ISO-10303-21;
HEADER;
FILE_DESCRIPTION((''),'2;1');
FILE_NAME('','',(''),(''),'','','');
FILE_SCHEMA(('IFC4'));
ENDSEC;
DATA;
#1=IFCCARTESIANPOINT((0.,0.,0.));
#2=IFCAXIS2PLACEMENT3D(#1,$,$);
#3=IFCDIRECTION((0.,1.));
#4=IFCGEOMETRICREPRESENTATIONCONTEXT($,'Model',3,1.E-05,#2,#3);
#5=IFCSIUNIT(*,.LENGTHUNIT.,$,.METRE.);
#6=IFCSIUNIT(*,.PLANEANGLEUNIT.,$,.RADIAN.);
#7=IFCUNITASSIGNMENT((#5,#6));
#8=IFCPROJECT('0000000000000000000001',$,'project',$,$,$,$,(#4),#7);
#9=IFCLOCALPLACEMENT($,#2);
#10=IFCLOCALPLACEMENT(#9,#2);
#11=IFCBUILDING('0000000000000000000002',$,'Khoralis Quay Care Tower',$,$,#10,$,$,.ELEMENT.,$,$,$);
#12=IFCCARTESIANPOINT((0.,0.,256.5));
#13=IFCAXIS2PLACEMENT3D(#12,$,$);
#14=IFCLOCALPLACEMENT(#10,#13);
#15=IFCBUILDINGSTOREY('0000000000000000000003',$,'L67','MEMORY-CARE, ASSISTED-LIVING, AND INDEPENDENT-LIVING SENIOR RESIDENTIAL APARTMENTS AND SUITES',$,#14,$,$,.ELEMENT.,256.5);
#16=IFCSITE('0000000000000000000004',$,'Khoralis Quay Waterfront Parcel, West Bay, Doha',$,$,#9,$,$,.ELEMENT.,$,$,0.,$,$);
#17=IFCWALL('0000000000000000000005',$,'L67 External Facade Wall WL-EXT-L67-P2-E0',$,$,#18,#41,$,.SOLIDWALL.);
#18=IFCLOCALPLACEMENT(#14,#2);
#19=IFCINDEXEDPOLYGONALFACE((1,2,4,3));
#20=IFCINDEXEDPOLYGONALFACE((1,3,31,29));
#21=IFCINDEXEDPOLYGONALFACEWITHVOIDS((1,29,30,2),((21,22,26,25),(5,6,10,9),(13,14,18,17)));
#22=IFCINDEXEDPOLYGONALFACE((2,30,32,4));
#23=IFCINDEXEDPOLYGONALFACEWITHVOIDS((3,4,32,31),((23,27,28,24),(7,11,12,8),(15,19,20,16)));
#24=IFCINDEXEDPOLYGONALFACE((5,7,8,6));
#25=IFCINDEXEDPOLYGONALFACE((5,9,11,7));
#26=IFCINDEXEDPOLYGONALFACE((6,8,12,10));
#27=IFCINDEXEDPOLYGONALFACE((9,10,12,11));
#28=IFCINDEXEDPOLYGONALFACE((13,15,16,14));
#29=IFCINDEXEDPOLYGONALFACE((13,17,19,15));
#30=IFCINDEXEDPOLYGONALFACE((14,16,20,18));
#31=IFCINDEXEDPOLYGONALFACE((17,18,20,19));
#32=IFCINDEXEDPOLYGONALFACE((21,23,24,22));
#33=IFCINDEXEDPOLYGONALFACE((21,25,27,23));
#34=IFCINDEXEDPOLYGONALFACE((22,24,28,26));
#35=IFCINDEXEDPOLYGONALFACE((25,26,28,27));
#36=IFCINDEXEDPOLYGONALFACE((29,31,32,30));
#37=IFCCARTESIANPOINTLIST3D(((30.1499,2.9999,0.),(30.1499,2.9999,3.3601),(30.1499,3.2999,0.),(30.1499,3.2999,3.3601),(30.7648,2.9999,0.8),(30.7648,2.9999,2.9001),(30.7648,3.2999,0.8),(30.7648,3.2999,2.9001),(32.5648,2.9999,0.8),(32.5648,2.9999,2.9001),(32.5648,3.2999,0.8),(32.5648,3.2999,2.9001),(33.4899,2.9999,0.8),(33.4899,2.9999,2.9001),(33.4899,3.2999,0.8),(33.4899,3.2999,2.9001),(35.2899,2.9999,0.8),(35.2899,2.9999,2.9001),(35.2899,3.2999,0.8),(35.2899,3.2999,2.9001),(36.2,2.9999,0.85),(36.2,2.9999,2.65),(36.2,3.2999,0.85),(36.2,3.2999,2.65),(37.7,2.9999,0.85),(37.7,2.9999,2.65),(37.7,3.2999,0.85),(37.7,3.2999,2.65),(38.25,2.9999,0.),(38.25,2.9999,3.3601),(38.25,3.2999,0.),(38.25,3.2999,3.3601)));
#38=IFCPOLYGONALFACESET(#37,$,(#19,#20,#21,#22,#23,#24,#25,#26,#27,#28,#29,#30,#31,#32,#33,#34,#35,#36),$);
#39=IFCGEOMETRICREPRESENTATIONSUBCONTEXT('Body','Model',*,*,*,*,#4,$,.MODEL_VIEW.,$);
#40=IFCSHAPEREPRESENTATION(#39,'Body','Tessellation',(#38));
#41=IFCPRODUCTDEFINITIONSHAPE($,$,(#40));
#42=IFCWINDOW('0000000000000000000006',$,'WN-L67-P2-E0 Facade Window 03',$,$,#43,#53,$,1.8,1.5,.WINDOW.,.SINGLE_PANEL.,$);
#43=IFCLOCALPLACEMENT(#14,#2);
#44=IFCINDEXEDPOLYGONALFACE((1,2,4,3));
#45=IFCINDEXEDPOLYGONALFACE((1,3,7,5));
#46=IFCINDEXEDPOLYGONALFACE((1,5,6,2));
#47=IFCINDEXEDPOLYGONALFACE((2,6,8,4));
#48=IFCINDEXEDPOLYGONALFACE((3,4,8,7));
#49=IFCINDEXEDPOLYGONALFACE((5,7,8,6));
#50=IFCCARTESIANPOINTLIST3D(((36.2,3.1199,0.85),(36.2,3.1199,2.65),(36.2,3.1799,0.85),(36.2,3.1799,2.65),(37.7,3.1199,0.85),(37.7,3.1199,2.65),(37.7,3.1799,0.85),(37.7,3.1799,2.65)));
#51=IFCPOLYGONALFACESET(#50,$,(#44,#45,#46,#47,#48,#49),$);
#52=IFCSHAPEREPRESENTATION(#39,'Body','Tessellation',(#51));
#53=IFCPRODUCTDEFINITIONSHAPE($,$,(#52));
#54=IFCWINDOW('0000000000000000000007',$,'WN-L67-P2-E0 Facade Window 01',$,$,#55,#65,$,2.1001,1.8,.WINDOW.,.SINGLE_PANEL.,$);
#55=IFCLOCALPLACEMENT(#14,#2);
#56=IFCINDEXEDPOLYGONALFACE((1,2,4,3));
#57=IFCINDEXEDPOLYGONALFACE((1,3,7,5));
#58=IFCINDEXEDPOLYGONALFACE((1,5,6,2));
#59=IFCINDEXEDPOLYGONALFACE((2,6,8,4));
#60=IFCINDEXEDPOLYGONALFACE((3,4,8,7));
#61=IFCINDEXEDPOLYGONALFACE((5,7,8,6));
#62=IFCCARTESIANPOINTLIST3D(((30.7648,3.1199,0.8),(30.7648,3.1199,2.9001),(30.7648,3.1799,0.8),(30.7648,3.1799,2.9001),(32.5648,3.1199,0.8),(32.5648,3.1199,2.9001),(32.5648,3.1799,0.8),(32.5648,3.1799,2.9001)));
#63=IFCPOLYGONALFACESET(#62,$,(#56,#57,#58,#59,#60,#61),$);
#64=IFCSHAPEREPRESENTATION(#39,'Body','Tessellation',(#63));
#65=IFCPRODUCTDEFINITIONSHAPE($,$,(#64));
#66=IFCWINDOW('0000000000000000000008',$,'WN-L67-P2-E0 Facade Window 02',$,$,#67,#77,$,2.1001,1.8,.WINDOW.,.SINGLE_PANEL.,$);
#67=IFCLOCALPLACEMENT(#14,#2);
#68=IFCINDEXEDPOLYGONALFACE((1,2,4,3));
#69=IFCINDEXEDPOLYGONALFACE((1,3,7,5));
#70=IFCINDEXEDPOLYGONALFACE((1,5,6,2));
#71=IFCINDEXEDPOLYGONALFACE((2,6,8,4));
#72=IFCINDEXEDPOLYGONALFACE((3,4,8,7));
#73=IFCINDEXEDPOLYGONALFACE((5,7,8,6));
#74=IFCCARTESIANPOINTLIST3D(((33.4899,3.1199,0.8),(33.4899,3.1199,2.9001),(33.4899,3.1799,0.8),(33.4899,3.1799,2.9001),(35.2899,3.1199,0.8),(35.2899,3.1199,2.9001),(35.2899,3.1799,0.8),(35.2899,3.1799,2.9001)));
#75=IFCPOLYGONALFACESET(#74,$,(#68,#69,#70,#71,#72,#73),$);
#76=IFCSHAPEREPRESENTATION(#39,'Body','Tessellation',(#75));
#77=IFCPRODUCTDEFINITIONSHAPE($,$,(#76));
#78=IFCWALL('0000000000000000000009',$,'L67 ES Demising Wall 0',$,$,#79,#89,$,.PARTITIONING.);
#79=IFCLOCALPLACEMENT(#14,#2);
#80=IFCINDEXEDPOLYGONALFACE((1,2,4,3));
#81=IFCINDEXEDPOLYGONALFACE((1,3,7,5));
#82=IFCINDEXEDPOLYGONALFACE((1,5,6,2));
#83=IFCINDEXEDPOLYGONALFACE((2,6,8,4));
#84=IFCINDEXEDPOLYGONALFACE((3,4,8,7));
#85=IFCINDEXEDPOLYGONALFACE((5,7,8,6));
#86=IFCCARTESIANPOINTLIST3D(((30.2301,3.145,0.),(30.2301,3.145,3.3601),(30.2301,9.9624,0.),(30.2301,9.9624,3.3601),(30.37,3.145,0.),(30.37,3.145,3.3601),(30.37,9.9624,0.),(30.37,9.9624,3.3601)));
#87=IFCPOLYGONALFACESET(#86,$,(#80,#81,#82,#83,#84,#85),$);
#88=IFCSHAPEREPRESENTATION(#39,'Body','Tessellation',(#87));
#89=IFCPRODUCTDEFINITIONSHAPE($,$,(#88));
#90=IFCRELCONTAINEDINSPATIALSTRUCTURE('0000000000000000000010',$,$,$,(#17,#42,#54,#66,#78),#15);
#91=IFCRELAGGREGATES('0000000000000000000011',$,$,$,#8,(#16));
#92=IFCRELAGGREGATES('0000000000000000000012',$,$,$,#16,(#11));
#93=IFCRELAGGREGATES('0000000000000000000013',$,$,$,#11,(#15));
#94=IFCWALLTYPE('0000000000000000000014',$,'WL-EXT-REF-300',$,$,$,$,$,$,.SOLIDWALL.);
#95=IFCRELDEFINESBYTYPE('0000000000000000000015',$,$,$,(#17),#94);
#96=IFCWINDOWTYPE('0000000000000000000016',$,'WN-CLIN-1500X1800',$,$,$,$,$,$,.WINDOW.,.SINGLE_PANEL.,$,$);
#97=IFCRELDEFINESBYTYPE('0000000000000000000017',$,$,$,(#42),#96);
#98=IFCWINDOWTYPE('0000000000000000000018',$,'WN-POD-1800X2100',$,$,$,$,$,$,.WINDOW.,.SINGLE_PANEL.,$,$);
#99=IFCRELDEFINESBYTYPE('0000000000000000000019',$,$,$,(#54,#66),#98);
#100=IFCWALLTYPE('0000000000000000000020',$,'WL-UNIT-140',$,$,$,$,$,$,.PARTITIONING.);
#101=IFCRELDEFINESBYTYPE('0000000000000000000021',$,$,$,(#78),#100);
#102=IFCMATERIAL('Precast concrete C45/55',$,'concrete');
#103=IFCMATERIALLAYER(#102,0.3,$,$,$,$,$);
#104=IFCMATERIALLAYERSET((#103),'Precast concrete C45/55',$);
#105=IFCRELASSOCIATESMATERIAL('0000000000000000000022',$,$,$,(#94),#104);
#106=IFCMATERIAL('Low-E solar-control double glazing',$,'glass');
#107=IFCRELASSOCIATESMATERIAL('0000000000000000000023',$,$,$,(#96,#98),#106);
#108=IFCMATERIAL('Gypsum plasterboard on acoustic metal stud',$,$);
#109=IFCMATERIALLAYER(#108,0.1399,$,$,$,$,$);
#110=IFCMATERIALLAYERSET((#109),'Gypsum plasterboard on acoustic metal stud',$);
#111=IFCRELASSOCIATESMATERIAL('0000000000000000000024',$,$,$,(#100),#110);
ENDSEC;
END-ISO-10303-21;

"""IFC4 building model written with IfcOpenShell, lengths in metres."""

from ifc_helpers import new_model, si_unit, direction, frame, frame_2d, origin, place, context, subcontext, project, spatial, rectangle, extrude, source, transform, mapped, material, layer, layer_set, type_object, element, fill, save


model = new_model("IFC4")

# Units and contexts
model_context = context("Model", 3, precision=1e-05, world=origin(), true_north=direction((0.0, 1.0)))
body_context = subcontext(model_context, "Body", "Model", "MODEL_VIEW")
ifc_project = project(units=[si_unit("LENGTHUNIT", "METRE"), si_unit("PLANEANGLEUNIT", "RADIAN")], contexts=[model_context])

# Site, building, storey
site_placement = place(None, origin())
site = spatial("IfcSite", under=ifc_project, at=site_placement, Name="Khoralis Quay Waterfront Parcel, West Bay, Doha", CompositionType="ELEMENT", RefElevation=0.0)
building_placement = place(site_placement, origin())
building = spatial("IfcBuilding", under=site, at=building_placement, Name="Khoralis Quay Care Tower", CompositionType="ELEMENT")
storey_placement = place(building_placement, frame((0.0, 0.0, 256.5)))
storey = spatial("IfcBuildingStorey", under=building, at=storey_placement, Name="L67", Description="MEMORY-CARE, ASSISTED-LIVING, AND INDEPENDENT-LIVING SENIOR RESIDENTIAL APARTMENTS AND SUITES", CompositionType="ELEMENT", Elevation=256.5)

# Shared definitions
ifc_material_1 = material(Name="Low-E solar-control double glazing", Category="glass")

# Wall, openings, windows
ifc_material_2 = material(Name="Precast concrete C45/55", Category="concrete")
ifc_layer_1 = layer(ifc_material_2, 0.3)
ifc_layer_set_1 = layer_set([ifc_layer_1], Name="Precast concrete C45/55")
wall_type_1 = type_object("IfcWallType", Name="WL-EXT-REF-300", PredefinedType="SOLIDWALL", material=ifc_layer_set_1)
wall_1_placement = place(storey_placement, frame((30.1499, 3.1499, 0.0), z_axis=(0.0, 0.0, 1.0), x_axis=(1.0, 0.0, 0.0)))
wall_1 = element("IfcWall", 1, at=wall_1_placement, inside=storey, type_object=wall_type_1, Name="L67 External Facade Wall WL-EXT-L67-P2-E0", PredefinedType="SOLIDWALL", context=body_context, shape_type="SweptSolid", body=[
    extrude(rectangle(XDim=8.1001, YDim=0.3, at=frame_2d((4.05, 0.0))), origin(), (0.0, 0.0, 1.0), 3.3601),
])
opening_1_placement = place(wall_1_placement, frame((0.615, 0.0, 0.8)))
opening_1 = element("IfcOpeningElement", 2, at=opening_1_placement, cuts=wall_1, PredefinedType="OPENING", context=body_context, shape_type="SweptSolid", body=[
    extrude(rectangle(XDim=1.8, YDim=2.1001, at=frame_2d((0.8999, 1.05))), frame((0.0, 0.1602, 0.0), z_axis=(0.0, -1.0, 0.0), x_axis=(1.0, 0.0, 0.0)), (0.0, 0.0, 1.0), 0.3201),
])
opening_2_placement = place(wall_1_placement, frame((3.3401, 0.0, 0.8)))
opening_2 = element("IfcOpeningElement", 3, at=opening_2_placement, cuts=wall_1, PredefinedType="OPENING", context=body_context, shape_type="SweptSolid", body=[
    extrude(rectangle(XDim=1.8, YDim=2.1001, at=frame_2d((0.8999, 1.05))), frame((0.0, 0.1602, 0.0), z_axis=(0.0, -1.0, 0.0), x_axis=(1.0, 0.0, 0.0)), (0.0, 0.0, 1.0), 0.3201),
])
opening_3_placement = place(wall_1_placement, frame((6.05, 0.0, 0.8501)))
opening_3 = element("IfcOpeningElement", 4, at=opening_3_placement, cuts=wall_1, PredefinedType="OPENING", context=body_context, shape_type="SweptSolid", body=[
    extrude(rectangle(XDim=1.5, YDim=1.8, at=frame_2d((0.75, 0.8999))), frame((0.0, 0.1602, 0.0), z_axis=(0.0, -1.0, 0.0), x_axis=(1.0, 0.0, 0.0)), (0.0, 0.0, 1.0), 0.3201),
])
window_type_1 = type_object("IfcWindowType", Name="WN-CLIN-1500X1800", PartitioningType="SINGLE_PANEL", PredefinedType="WINDOW", material=ifc_material_1)
shared_shape_1 = source(origin(), body_context, "Body", "SweptSolid", [
    extrude(rectangle(XDim=1.5, YDim=1.8, at=frame_2d((0.75, 0.8999))), frame((0.0, 0.03, 0.0), z_axis=(0.0, -1.0, 0.0), x_axis=(1.0, 0.0, 0.0)), (0.0, 0.0, 1.0), 0.0601),
])
window_1_placement = place(opening_3_placement, origin())
window_1 = element("IfcWindow", 5, at=window_1_placement, inside=storey, type_object=window_type_1, Name="WN-L67-P2-E0 Facade Window 03", OverallHeight=1.8, OverallWidth=1.5, PartitioningType="SINGLE_PANEL", PredefinedType="WINDOW", context=body_context, shape_type="MappedRepresentation", body=[
    mapped(shared_shape_1, transform((0.0, 0.0, 0.0), scale=1.0)),
])
fill(opening_3, window_1)
window_type_2 = type_object("IfcWindowType", Name="WN-POD-1800X2100", PartitioningType="SINGLE_PANEL", PredefinedType="WINDOW", material=ifc_material_1)
shared_shape_2 = source(origin(), body_context, "Body", "SweptSolid", [
    extrude(rectangle(XDim=1.8, YDim=2.1001, at=frame_2d((0.8999, 1.05))), frame((0.0, 0.03, 0.0), z_axis=(0.0, -1.0, 0.0), x_axis=(1.0, 0.0, 0.0)), (0.0, 0.0, 1.0), 0.0601),
])
window_2_placement = place(opening_1_placement, origin())
window_2 = element("IfcWindow", 6, at=window_2_placement, inside=storey, type_object=window_type_2, Name="WN-L67-P2-E0 Facade Window 01", OverallHeight=2.1001, OverallWidth=1.8, PartitioningType="SINGLE_PANEL", PredefinedType="WINDOW", context=body_context, shape_type="MappedRepresentation", body=[
    mapped(shared_shape_2, transform((0.0, 0.0, 0.0), scale=1.0)),
])
fill(opening_1, window_2)
window_3_placement = place(opening_2_placement, origin())
window_3 = element("IfcWindow", 7, at=window_3_placement, inside=storey, type_object=window_type_2, Name="WN-L67-P2-E0 Facade Window 02", OverallHeight=2.1001, OverallWidth=1.8, PartitioningType="SINGLE_PANEL", PredefinedType="WINDOW", context=body_context, shape_type="MappedRepresentation", body=[
    mapped(shared_shape_2, transform((0.0, 0.0, 0.0), scale=1.0)),
])
fill(opening_2, window_3)

# Wall
ifc_material_3 = material(Name="Gypsum plasterboard on acoustic metal stud")
ifc_layer_2 = layer(ifc_material_3, 0.1399)
ifc_layer_set_2 = layer_set([ifc_layer_2], Name="Gypsum plasterboard on acoustic metal stud")
wall_type_2 = type_object("IfcWallType", Name="WL-UNIT-140", PredefinedType="PARTITIONING", material=ifc_layer_set_2)
wall_2_placement = place(storey_placement, frame((30.3, 3.145, 0.0), z_axis=(0.0, 0.0, 1.0), x_axis=(0.0, 1.0, 0.0)))
element("IfcWall", 8, at=wall_2_placement, inside=storey, type_object=wall_type_2, Name="L67 ES Demising Wall 0", PredefinedType="PARTITIONING", context=body_context, shape_type="SweptSolid", body=[
    extrude(rectangle(XDim=6.8174, YDim=0.1399, at=frame_2d((3.4087, 0.0))), origin(), (0.0, 0.0, 1.0), 3.3601),
])

save(model, "model.ifc")
